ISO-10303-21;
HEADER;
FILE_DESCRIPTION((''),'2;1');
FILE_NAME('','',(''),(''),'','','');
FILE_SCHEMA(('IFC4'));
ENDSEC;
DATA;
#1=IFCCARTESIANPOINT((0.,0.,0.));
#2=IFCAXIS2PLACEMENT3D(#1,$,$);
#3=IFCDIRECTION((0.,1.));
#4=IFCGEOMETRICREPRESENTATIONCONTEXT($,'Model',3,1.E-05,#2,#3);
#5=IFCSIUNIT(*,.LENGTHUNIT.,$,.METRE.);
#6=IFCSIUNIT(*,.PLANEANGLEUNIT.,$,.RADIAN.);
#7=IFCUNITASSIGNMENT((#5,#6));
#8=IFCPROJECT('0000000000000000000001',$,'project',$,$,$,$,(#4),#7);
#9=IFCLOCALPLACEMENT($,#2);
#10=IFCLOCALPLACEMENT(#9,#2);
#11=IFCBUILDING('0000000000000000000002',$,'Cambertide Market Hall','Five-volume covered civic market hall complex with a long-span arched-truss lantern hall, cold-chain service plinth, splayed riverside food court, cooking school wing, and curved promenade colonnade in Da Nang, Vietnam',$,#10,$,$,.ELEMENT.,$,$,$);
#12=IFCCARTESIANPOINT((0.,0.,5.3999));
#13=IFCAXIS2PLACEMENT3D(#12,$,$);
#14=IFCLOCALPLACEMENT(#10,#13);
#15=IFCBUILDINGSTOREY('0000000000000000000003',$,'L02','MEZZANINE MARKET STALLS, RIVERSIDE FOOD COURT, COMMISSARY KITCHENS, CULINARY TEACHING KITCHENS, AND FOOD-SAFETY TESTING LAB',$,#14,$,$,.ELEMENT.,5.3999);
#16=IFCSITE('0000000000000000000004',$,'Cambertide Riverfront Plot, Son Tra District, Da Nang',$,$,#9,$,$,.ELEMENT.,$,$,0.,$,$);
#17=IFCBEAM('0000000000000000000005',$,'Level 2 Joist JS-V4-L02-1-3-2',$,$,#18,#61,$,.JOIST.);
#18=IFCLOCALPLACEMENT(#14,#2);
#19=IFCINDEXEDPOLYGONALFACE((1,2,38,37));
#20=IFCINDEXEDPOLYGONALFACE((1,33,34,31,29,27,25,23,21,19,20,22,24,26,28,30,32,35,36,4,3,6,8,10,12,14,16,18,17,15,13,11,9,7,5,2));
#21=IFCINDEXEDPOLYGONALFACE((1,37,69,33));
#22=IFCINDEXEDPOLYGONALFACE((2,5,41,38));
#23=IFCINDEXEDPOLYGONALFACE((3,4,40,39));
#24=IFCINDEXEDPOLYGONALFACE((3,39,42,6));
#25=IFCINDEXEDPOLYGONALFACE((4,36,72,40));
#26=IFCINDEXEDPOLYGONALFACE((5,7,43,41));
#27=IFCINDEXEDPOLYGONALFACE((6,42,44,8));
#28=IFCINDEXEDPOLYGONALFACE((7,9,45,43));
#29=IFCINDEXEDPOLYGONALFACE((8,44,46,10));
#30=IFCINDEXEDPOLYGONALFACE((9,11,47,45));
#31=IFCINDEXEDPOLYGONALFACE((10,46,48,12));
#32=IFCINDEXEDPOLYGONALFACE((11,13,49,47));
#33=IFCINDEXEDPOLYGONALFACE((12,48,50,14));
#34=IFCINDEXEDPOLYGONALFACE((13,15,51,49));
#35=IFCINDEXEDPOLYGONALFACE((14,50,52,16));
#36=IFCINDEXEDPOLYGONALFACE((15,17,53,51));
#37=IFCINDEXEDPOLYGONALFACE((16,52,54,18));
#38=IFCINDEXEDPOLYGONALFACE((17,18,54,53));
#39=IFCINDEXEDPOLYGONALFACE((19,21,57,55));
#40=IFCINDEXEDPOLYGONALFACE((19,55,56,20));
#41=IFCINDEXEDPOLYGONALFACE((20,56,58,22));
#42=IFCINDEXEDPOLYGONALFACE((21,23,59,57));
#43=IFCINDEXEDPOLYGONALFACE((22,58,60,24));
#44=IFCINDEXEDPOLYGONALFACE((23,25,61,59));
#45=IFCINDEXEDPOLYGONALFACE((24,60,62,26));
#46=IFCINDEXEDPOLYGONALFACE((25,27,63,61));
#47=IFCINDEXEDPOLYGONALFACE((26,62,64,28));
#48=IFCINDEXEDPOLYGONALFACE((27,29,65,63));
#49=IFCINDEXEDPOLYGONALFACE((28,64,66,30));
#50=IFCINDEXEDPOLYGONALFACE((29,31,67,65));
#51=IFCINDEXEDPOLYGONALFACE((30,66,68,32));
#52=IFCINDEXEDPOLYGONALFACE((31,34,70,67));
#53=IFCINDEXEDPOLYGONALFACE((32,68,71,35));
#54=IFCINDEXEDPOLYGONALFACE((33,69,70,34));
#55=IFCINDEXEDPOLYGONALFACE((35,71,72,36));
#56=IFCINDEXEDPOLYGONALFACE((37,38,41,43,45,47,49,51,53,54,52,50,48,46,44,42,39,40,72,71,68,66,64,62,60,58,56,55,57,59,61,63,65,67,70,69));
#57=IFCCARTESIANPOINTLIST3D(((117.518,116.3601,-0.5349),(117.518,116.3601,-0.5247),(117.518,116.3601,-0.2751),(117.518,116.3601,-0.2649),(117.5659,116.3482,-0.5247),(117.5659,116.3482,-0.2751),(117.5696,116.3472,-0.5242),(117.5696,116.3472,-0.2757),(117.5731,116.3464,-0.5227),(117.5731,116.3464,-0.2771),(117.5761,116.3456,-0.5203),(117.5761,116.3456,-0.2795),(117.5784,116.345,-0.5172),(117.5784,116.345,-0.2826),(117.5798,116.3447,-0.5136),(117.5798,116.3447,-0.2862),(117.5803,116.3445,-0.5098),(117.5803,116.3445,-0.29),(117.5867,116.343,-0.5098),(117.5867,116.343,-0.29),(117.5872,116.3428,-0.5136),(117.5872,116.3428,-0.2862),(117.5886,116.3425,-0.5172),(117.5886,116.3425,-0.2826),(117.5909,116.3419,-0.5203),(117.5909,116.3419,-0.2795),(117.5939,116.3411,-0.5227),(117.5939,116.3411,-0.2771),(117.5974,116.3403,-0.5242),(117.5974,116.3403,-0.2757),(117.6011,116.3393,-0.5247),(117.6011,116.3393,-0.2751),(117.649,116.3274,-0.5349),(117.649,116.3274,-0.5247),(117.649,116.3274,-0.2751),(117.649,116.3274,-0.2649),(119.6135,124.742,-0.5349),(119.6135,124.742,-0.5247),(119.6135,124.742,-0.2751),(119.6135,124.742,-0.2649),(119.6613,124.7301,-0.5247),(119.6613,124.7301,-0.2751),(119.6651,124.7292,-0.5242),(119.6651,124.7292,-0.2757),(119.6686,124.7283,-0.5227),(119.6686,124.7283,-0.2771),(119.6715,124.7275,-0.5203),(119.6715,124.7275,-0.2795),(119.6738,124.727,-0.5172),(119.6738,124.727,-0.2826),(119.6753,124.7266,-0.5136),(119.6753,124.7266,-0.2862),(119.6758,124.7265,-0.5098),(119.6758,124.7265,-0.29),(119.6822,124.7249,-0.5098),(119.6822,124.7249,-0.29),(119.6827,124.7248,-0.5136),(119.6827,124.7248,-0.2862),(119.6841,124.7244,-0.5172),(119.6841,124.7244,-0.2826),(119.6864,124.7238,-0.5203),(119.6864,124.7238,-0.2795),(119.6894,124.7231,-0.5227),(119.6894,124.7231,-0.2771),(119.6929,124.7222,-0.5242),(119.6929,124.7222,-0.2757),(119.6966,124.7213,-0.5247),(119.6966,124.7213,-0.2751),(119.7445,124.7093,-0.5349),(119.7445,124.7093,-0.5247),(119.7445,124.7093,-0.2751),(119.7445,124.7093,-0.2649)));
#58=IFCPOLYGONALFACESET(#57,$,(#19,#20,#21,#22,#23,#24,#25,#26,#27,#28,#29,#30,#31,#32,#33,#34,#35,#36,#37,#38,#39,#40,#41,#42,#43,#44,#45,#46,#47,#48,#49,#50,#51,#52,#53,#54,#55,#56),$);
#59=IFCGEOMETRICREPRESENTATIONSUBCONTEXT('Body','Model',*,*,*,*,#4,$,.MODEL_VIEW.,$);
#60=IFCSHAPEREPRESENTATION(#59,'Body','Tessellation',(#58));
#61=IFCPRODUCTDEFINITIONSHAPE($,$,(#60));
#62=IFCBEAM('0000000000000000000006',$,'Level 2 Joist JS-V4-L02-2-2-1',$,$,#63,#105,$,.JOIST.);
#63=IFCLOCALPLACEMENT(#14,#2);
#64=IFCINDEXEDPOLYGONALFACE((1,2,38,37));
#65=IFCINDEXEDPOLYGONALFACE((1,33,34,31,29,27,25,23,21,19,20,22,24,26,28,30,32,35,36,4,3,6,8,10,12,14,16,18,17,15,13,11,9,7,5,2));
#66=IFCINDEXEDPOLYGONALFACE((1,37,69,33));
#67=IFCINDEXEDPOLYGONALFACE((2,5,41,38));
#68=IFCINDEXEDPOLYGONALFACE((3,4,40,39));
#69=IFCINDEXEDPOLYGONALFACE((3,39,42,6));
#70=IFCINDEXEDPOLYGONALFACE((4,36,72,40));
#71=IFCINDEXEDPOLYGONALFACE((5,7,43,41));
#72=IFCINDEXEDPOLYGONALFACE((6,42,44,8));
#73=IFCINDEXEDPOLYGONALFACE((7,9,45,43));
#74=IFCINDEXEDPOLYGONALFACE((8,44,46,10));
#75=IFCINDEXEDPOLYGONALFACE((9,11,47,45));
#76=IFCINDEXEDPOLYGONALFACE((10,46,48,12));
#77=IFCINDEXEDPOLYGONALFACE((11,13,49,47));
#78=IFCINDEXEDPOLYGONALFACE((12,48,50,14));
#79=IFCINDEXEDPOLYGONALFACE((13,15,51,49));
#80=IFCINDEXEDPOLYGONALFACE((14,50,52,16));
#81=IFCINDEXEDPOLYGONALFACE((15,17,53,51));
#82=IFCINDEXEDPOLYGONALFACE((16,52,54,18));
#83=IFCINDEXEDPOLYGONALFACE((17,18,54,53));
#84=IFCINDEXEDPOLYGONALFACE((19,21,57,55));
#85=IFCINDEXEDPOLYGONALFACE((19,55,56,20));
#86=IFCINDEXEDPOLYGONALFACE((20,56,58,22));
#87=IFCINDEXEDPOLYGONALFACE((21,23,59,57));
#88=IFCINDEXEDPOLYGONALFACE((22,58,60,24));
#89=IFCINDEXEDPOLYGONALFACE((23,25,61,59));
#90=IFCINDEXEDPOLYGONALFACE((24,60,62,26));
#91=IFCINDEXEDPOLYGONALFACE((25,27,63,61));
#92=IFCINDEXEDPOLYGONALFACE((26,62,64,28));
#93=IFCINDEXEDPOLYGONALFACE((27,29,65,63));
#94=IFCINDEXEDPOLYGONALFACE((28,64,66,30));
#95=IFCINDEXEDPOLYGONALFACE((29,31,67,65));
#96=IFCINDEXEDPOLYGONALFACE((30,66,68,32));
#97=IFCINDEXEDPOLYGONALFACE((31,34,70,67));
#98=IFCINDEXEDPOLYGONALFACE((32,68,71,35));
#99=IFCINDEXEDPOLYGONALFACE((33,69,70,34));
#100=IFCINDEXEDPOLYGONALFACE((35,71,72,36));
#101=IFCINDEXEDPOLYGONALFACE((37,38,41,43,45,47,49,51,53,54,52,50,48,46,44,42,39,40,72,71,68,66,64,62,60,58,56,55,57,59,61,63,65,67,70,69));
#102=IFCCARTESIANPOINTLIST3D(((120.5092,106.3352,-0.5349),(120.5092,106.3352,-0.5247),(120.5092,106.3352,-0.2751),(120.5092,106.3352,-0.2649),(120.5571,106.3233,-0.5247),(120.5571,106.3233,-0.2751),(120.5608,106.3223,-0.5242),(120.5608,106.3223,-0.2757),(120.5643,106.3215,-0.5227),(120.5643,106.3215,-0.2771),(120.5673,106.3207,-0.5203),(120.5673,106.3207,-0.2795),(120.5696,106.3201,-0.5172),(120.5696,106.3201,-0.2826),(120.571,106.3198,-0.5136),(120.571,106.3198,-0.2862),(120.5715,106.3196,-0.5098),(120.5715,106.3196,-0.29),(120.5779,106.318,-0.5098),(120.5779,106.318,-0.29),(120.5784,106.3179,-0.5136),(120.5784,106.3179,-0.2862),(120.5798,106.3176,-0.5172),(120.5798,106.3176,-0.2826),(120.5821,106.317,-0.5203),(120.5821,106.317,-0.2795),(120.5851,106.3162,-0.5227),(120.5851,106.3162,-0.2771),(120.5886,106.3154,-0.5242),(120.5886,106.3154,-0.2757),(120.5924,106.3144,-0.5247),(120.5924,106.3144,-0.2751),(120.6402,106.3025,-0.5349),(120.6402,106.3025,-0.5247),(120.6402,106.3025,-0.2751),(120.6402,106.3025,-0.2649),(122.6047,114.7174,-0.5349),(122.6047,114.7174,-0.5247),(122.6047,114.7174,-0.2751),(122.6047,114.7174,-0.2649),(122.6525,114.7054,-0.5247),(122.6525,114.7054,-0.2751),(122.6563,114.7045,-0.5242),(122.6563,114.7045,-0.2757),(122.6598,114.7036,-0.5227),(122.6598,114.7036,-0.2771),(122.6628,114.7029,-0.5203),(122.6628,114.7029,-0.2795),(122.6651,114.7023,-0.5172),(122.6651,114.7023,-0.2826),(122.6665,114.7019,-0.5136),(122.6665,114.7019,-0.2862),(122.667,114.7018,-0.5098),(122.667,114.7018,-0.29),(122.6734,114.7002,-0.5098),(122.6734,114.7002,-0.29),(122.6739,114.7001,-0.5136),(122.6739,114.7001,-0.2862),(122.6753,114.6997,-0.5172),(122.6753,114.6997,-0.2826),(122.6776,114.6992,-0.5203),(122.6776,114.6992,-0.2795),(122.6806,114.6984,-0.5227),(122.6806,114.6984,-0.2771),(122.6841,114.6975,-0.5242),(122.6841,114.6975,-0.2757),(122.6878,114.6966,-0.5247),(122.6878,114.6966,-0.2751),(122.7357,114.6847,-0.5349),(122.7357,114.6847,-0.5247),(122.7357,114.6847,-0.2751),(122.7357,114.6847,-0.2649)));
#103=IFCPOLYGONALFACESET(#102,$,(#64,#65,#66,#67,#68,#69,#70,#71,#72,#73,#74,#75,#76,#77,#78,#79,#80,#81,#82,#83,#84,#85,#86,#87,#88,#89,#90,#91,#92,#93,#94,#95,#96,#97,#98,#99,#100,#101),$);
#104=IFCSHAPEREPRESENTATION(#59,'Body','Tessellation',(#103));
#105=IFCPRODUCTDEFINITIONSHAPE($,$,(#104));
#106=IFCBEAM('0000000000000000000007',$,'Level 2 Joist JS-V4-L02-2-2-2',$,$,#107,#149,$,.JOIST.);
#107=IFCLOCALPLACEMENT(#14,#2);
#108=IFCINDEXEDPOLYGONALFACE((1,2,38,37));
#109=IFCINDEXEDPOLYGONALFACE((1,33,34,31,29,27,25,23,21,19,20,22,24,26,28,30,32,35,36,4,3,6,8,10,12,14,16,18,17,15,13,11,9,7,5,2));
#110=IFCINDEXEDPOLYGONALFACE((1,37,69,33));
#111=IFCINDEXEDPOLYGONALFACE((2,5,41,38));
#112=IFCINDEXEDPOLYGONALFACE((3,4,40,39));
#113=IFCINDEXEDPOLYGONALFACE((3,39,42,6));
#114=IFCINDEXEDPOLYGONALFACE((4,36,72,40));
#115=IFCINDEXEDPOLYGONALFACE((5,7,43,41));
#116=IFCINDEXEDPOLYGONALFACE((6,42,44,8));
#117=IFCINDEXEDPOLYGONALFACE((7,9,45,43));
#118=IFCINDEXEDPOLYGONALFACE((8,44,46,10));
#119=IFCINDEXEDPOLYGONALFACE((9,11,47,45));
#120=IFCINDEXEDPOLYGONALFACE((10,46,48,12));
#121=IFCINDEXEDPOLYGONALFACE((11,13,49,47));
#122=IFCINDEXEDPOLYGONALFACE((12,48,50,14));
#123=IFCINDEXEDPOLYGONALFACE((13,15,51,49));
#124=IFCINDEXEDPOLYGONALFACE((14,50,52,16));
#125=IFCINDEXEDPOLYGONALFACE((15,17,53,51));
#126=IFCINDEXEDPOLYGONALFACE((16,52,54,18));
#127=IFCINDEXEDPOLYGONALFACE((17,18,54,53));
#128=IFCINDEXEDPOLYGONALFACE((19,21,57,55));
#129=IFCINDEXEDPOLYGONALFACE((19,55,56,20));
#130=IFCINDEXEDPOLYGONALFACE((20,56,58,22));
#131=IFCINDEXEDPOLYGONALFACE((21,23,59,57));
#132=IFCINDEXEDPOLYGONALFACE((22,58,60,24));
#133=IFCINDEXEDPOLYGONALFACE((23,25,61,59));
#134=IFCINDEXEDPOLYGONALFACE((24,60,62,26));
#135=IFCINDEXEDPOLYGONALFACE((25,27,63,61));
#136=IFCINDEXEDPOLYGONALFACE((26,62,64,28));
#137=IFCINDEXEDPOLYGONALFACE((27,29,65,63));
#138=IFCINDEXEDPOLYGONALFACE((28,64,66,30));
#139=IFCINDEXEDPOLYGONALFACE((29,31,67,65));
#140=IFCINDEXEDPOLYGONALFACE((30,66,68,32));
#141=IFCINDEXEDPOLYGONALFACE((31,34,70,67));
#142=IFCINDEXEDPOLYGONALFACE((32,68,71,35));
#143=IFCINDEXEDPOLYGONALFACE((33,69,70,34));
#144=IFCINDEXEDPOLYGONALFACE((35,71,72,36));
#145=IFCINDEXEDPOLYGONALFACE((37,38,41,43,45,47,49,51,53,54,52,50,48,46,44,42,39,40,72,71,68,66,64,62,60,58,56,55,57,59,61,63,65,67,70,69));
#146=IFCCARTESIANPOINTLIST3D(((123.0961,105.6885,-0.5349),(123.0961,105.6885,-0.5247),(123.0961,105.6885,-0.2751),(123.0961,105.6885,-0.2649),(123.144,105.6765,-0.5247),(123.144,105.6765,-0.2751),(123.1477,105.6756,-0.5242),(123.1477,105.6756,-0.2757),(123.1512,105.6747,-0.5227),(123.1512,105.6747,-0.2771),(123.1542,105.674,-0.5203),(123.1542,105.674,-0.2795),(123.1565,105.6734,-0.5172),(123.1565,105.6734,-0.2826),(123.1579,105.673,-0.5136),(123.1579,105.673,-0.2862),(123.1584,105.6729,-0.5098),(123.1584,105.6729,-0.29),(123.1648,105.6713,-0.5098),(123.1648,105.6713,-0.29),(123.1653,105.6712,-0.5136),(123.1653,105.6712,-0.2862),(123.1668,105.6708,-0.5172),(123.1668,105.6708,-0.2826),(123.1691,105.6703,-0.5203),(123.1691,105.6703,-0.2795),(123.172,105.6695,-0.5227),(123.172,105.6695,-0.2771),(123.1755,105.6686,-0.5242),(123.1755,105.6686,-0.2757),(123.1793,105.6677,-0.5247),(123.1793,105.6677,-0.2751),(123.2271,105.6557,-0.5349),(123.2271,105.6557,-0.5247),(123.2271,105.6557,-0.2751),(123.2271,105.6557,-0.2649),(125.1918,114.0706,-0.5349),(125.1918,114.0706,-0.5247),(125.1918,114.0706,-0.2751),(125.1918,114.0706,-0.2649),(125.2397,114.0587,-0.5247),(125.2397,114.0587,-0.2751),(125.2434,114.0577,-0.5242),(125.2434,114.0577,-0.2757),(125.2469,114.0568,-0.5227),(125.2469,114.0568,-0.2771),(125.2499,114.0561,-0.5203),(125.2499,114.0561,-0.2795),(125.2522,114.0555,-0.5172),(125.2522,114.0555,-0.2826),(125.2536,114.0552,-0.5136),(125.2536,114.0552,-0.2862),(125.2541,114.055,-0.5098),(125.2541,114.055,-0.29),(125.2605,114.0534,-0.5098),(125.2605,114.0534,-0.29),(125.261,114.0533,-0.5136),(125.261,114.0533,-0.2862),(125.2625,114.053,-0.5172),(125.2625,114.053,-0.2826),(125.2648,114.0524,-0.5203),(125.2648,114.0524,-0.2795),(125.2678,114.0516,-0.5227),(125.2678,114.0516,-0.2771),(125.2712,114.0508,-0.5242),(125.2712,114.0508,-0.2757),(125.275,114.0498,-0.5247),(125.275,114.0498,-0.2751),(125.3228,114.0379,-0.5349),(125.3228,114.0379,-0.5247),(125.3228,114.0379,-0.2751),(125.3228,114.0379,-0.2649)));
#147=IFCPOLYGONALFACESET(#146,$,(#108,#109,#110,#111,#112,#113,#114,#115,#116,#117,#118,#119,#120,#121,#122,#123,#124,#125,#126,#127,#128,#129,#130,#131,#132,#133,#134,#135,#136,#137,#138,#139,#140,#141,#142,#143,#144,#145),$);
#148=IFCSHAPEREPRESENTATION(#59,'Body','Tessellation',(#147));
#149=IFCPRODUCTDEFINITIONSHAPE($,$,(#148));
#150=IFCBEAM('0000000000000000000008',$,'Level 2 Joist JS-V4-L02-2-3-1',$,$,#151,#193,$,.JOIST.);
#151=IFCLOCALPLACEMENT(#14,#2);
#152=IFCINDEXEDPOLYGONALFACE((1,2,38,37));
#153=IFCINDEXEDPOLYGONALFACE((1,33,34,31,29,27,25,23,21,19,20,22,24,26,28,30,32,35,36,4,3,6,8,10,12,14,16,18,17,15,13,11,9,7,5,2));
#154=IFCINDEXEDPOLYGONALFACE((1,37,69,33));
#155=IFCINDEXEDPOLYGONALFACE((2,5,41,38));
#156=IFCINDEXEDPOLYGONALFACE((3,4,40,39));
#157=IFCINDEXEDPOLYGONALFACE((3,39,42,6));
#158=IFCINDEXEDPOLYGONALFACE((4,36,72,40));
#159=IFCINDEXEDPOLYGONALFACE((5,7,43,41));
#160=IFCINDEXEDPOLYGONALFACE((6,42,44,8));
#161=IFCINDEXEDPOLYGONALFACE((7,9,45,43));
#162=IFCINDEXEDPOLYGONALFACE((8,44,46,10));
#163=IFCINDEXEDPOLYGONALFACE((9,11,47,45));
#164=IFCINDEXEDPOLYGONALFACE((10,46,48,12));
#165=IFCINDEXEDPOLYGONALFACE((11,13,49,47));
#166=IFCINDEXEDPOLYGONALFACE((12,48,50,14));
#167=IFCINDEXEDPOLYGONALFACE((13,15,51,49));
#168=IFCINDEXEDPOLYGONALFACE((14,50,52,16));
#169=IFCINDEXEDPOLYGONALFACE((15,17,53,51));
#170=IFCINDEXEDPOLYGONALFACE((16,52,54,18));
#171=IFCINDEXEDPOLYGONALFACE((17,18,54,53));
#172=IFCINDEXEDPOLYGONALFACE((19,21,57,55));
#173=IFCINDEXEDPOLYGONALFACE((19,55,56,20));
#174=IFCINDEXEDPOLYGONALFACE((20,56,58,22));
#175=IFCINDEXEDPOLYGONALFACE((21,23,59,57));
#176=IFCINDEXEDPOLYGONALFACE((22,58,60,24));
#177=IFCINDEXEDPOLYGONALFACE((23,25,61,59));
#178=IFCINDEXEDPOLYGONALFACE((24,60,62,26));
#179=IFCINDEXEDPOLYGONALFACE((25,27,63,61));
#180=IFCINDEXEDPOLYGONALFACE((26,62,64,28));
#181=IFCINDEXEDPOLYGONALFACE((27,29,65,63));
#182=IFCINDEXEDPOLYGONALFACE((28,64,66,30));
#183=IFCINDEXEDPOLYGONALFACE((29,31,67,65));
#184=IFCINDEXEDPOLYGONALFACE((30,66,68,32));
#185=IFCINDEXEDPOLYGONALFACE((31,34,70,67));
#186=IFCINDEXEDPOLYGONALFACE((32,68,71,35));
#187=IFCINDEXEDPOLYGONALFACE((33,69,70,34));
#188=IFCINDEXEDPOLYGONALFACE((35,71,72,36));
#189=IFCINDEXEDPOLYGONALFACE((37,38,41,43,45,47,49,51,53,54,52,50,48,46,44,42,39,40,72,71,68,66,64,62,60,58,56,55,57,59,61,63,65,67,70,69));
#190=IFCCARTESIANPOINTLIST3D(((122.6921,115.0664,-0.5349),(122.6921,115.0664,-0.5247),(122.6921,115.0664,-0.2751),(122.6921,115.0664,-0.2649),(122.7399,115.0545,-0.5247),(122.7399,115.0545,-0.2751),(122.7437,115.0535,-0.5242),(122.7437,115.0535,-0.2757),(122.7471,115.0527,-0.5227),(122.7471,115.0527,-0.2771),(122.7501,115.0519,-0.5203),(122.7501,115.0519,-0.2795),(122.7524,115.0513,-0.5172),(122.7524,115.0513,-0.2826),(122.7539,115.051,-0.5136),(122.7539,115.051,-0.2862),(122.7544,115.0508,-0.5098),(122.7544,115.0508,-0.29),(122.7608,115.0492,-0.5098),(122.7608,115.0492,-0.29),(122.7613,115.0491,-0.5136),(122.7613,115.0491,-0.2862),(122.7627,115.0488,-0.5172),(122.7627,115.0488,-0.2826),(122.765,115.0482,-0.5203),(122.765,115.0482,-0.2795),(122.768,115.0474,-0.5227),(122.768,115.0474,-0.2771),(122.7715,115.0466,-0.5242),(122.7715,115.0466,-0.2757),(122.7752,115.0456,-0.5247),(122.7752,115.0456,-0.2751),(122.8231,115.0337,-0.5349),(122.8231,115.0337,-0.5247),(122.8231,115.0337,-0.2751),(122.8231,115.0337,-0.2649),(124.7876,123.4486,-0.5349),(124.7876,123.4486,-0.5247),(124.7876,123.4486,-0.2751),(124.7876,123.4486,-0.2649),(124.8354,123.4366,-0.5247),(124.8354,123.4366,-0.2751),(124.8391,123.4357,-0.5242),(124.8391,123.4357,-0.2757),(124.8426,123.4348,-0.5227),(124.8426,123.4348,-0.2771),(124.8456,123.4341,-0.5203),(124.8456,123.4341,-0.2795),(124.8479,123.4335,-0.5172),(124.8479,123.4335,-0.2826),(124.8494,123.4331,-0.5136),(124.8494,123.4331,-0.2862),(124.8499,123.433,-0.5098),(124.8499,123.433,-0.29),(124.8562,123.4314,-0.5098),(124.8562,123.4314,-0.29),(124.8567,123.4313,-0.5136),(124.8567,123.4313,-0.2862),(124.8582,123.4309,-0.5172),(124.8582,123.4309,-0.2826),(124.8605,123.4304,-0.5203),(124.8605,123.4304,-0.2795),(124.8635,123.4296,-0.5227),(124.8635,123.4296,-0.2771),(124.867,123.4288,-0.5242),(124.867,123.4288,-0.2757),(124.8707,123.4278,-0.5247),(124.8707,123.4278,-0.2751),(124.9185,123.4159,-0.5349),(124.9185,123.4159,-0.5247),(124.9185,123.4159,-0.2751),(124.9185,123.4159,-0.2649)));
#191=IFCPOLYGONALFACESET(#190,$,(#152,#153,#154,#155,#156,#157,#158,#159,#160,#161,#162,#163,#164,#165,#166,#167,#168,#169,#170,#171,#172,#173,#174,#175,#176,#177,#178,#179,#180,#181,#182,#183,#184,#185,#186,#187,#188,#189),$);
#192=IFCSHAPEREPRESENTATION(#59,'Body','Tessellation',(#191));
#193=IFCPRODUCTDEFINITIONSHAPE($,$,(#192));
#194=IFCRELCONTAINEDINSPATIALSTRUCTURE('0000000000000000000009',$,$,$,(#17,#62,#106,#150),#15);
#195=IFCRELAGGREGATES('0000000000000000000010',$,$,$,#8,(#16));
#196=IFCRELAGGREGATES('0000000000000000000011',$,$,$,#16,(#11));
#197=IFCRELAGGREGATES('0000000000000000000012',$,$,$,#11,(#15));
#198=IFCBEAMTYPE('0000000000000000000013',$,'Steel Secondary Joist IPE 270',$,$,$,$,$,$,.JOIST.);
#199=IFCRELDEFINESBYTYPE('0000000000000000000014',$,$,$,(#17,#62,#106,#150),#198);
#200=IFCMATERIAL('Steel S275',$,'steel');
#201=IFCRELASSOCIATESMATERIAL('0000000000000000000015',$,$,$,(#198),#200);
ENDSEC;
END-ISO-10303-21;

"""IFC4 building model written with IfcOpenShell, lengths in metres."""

from ifc_helpers import new_model, si_unit, direction, frame, origin, origin_2d, place, context, subcontext, project, spatial, i_section, extrude, material, material_profile, profile_set, type_object, element, save


model = new_model("IFC4")

# Units and contexts
model_context = context("Model", 3, precision=1e-05, world=origin(), true_north=direction((0.0, 1.0)))
body_context = subcontext(model_context, "Body", "Model", "MODEL_VIEW")
ifc_project = project(units=[si_unit("LENGTHUNIT", "METRE"), si_unit("PLANEANGLEUNIT", "RADIAN")], contexts=[model_context])

# Site, building, storey
site_placement = place(None, origin())
site = spatial("IfcSite", under=ifc_project, at=site_placement, Name="Cambertide Riverfront Plot, Son Tra District, Da Nang", CompositionType="ELEMENT", RefElevation=0.0)
building_placement = place(site_placement, origin())
building = spatial("IfcBuilding", under=site, at=building_placement, Name="Cambertide Market Hall", Description="Five-volume covered civic market hall complex with a long-span arched-truss lantern hall, cold-chain service plinth, splayed riverside food court, cooking school wing, and curved promenade colonnade in Da Nang, Vietnam", CompositionType="ELEMENT")
storey_placement = place(building_placement, frame((0.0, 0.0, 5.3999)))
storey = spatial("IfcBuildingStorey", under=building, at=storey_placement, Name="L02", Description="MEZZANINE MARKET STALLS, RIVERSIDE FOOD COURT, COMMISSARY KITCHENS, CULINARY TEACHING KITCHENS, AND FOOD-SAFETY TESTING LAB", CompositionType="ELEMENT", Elevation=5.3999)

# Beams
ifc_material_1 = material(Name="Steel S275", Category="steel")
ifc_material_profile_1 = material_profile(ifc_material_1, i_section(OverallWidth=0.135, OverallDepth=0.27, WebThickness=0.0066, FlangeThickness=0.0103, FilletRadius=0.0149, at=origin_2d()), Name="IPE 270")
ifc_profile_set_1 = profile_set([ifc_material_profile_1], Name="Steel S275")
beam_type_1 = type_object("IfcBeamType", Name="Steel Secondary Joist IPE 270", PredefinedType="JOIST", material=ifc_profile_set_1)
beam_1_placement = place(storey_placement, frame((117.5835, 116.3438, -0.3999), z_axis=(0.242536, 0.970143, 0.0), x_axis=(-0.970143, 0.242536, 0.0)))
element("IfcBeam", 1, at=beam_1_placement, inside=storey, type_object=beam_type_1, Name="Level 2 Joist JS-V4-L02-1-3-2", PredefinedType="JOIST", context=body_context, shape_type="SweptSolid", body=[
    extrude(i_section(OverallWidth=0.135, OverallDepth=0.27, WebThickness=0.0066, FlangeThickness=0.0103, FilletRadius=0.0149, at=origin_2d()), origin(), (0.0, 0.0, 1.0), 8.6399),
])
for number, where, z_axis, x_axis, name in (
    (2, (120.5747, 106.3188, -0.3999), (0.242529, 0.970144, 0.0), (-0.970144, 0.242529, 0.0), "Level 2 Joist JS-V4-L02-2-2-1"),
    (3, (123.1616, 105.6721, -0.3999), (0.242556, 0.970138, 0.0), (-0.970138, 0.242556, 0.0), "Level 2 Joist JS-V4-L02-2-2-2"),
    (4, (122.7576, 115.05, -0.3999), (0.242529, 0.970144, 0.0), (-0.970144, 0.242529, 0.0), "Level 2 Joist JS-V4-L02-2-3-1"),
):
    element("IfcBeam", number, at=place(storey_placement, frame(where, z_axis=z_axis, x_axis=x_axis)), inside=storey, type_object=beam_type_1, Name=name, PredefinedType="JOIST", context=body_context, shape_type="SweptSolid", body=[
        extrude(i_section(OverallWidth=0.135, OverallDepth=0.27, WebThickness=0.0066, FlangeThickness=0.0103, FilletRadius=0.0149, at=origin_2d()), origin(), (0.0, 0.0, 1.0), 8.6401),
    ])

save(model, "model.ifc")
